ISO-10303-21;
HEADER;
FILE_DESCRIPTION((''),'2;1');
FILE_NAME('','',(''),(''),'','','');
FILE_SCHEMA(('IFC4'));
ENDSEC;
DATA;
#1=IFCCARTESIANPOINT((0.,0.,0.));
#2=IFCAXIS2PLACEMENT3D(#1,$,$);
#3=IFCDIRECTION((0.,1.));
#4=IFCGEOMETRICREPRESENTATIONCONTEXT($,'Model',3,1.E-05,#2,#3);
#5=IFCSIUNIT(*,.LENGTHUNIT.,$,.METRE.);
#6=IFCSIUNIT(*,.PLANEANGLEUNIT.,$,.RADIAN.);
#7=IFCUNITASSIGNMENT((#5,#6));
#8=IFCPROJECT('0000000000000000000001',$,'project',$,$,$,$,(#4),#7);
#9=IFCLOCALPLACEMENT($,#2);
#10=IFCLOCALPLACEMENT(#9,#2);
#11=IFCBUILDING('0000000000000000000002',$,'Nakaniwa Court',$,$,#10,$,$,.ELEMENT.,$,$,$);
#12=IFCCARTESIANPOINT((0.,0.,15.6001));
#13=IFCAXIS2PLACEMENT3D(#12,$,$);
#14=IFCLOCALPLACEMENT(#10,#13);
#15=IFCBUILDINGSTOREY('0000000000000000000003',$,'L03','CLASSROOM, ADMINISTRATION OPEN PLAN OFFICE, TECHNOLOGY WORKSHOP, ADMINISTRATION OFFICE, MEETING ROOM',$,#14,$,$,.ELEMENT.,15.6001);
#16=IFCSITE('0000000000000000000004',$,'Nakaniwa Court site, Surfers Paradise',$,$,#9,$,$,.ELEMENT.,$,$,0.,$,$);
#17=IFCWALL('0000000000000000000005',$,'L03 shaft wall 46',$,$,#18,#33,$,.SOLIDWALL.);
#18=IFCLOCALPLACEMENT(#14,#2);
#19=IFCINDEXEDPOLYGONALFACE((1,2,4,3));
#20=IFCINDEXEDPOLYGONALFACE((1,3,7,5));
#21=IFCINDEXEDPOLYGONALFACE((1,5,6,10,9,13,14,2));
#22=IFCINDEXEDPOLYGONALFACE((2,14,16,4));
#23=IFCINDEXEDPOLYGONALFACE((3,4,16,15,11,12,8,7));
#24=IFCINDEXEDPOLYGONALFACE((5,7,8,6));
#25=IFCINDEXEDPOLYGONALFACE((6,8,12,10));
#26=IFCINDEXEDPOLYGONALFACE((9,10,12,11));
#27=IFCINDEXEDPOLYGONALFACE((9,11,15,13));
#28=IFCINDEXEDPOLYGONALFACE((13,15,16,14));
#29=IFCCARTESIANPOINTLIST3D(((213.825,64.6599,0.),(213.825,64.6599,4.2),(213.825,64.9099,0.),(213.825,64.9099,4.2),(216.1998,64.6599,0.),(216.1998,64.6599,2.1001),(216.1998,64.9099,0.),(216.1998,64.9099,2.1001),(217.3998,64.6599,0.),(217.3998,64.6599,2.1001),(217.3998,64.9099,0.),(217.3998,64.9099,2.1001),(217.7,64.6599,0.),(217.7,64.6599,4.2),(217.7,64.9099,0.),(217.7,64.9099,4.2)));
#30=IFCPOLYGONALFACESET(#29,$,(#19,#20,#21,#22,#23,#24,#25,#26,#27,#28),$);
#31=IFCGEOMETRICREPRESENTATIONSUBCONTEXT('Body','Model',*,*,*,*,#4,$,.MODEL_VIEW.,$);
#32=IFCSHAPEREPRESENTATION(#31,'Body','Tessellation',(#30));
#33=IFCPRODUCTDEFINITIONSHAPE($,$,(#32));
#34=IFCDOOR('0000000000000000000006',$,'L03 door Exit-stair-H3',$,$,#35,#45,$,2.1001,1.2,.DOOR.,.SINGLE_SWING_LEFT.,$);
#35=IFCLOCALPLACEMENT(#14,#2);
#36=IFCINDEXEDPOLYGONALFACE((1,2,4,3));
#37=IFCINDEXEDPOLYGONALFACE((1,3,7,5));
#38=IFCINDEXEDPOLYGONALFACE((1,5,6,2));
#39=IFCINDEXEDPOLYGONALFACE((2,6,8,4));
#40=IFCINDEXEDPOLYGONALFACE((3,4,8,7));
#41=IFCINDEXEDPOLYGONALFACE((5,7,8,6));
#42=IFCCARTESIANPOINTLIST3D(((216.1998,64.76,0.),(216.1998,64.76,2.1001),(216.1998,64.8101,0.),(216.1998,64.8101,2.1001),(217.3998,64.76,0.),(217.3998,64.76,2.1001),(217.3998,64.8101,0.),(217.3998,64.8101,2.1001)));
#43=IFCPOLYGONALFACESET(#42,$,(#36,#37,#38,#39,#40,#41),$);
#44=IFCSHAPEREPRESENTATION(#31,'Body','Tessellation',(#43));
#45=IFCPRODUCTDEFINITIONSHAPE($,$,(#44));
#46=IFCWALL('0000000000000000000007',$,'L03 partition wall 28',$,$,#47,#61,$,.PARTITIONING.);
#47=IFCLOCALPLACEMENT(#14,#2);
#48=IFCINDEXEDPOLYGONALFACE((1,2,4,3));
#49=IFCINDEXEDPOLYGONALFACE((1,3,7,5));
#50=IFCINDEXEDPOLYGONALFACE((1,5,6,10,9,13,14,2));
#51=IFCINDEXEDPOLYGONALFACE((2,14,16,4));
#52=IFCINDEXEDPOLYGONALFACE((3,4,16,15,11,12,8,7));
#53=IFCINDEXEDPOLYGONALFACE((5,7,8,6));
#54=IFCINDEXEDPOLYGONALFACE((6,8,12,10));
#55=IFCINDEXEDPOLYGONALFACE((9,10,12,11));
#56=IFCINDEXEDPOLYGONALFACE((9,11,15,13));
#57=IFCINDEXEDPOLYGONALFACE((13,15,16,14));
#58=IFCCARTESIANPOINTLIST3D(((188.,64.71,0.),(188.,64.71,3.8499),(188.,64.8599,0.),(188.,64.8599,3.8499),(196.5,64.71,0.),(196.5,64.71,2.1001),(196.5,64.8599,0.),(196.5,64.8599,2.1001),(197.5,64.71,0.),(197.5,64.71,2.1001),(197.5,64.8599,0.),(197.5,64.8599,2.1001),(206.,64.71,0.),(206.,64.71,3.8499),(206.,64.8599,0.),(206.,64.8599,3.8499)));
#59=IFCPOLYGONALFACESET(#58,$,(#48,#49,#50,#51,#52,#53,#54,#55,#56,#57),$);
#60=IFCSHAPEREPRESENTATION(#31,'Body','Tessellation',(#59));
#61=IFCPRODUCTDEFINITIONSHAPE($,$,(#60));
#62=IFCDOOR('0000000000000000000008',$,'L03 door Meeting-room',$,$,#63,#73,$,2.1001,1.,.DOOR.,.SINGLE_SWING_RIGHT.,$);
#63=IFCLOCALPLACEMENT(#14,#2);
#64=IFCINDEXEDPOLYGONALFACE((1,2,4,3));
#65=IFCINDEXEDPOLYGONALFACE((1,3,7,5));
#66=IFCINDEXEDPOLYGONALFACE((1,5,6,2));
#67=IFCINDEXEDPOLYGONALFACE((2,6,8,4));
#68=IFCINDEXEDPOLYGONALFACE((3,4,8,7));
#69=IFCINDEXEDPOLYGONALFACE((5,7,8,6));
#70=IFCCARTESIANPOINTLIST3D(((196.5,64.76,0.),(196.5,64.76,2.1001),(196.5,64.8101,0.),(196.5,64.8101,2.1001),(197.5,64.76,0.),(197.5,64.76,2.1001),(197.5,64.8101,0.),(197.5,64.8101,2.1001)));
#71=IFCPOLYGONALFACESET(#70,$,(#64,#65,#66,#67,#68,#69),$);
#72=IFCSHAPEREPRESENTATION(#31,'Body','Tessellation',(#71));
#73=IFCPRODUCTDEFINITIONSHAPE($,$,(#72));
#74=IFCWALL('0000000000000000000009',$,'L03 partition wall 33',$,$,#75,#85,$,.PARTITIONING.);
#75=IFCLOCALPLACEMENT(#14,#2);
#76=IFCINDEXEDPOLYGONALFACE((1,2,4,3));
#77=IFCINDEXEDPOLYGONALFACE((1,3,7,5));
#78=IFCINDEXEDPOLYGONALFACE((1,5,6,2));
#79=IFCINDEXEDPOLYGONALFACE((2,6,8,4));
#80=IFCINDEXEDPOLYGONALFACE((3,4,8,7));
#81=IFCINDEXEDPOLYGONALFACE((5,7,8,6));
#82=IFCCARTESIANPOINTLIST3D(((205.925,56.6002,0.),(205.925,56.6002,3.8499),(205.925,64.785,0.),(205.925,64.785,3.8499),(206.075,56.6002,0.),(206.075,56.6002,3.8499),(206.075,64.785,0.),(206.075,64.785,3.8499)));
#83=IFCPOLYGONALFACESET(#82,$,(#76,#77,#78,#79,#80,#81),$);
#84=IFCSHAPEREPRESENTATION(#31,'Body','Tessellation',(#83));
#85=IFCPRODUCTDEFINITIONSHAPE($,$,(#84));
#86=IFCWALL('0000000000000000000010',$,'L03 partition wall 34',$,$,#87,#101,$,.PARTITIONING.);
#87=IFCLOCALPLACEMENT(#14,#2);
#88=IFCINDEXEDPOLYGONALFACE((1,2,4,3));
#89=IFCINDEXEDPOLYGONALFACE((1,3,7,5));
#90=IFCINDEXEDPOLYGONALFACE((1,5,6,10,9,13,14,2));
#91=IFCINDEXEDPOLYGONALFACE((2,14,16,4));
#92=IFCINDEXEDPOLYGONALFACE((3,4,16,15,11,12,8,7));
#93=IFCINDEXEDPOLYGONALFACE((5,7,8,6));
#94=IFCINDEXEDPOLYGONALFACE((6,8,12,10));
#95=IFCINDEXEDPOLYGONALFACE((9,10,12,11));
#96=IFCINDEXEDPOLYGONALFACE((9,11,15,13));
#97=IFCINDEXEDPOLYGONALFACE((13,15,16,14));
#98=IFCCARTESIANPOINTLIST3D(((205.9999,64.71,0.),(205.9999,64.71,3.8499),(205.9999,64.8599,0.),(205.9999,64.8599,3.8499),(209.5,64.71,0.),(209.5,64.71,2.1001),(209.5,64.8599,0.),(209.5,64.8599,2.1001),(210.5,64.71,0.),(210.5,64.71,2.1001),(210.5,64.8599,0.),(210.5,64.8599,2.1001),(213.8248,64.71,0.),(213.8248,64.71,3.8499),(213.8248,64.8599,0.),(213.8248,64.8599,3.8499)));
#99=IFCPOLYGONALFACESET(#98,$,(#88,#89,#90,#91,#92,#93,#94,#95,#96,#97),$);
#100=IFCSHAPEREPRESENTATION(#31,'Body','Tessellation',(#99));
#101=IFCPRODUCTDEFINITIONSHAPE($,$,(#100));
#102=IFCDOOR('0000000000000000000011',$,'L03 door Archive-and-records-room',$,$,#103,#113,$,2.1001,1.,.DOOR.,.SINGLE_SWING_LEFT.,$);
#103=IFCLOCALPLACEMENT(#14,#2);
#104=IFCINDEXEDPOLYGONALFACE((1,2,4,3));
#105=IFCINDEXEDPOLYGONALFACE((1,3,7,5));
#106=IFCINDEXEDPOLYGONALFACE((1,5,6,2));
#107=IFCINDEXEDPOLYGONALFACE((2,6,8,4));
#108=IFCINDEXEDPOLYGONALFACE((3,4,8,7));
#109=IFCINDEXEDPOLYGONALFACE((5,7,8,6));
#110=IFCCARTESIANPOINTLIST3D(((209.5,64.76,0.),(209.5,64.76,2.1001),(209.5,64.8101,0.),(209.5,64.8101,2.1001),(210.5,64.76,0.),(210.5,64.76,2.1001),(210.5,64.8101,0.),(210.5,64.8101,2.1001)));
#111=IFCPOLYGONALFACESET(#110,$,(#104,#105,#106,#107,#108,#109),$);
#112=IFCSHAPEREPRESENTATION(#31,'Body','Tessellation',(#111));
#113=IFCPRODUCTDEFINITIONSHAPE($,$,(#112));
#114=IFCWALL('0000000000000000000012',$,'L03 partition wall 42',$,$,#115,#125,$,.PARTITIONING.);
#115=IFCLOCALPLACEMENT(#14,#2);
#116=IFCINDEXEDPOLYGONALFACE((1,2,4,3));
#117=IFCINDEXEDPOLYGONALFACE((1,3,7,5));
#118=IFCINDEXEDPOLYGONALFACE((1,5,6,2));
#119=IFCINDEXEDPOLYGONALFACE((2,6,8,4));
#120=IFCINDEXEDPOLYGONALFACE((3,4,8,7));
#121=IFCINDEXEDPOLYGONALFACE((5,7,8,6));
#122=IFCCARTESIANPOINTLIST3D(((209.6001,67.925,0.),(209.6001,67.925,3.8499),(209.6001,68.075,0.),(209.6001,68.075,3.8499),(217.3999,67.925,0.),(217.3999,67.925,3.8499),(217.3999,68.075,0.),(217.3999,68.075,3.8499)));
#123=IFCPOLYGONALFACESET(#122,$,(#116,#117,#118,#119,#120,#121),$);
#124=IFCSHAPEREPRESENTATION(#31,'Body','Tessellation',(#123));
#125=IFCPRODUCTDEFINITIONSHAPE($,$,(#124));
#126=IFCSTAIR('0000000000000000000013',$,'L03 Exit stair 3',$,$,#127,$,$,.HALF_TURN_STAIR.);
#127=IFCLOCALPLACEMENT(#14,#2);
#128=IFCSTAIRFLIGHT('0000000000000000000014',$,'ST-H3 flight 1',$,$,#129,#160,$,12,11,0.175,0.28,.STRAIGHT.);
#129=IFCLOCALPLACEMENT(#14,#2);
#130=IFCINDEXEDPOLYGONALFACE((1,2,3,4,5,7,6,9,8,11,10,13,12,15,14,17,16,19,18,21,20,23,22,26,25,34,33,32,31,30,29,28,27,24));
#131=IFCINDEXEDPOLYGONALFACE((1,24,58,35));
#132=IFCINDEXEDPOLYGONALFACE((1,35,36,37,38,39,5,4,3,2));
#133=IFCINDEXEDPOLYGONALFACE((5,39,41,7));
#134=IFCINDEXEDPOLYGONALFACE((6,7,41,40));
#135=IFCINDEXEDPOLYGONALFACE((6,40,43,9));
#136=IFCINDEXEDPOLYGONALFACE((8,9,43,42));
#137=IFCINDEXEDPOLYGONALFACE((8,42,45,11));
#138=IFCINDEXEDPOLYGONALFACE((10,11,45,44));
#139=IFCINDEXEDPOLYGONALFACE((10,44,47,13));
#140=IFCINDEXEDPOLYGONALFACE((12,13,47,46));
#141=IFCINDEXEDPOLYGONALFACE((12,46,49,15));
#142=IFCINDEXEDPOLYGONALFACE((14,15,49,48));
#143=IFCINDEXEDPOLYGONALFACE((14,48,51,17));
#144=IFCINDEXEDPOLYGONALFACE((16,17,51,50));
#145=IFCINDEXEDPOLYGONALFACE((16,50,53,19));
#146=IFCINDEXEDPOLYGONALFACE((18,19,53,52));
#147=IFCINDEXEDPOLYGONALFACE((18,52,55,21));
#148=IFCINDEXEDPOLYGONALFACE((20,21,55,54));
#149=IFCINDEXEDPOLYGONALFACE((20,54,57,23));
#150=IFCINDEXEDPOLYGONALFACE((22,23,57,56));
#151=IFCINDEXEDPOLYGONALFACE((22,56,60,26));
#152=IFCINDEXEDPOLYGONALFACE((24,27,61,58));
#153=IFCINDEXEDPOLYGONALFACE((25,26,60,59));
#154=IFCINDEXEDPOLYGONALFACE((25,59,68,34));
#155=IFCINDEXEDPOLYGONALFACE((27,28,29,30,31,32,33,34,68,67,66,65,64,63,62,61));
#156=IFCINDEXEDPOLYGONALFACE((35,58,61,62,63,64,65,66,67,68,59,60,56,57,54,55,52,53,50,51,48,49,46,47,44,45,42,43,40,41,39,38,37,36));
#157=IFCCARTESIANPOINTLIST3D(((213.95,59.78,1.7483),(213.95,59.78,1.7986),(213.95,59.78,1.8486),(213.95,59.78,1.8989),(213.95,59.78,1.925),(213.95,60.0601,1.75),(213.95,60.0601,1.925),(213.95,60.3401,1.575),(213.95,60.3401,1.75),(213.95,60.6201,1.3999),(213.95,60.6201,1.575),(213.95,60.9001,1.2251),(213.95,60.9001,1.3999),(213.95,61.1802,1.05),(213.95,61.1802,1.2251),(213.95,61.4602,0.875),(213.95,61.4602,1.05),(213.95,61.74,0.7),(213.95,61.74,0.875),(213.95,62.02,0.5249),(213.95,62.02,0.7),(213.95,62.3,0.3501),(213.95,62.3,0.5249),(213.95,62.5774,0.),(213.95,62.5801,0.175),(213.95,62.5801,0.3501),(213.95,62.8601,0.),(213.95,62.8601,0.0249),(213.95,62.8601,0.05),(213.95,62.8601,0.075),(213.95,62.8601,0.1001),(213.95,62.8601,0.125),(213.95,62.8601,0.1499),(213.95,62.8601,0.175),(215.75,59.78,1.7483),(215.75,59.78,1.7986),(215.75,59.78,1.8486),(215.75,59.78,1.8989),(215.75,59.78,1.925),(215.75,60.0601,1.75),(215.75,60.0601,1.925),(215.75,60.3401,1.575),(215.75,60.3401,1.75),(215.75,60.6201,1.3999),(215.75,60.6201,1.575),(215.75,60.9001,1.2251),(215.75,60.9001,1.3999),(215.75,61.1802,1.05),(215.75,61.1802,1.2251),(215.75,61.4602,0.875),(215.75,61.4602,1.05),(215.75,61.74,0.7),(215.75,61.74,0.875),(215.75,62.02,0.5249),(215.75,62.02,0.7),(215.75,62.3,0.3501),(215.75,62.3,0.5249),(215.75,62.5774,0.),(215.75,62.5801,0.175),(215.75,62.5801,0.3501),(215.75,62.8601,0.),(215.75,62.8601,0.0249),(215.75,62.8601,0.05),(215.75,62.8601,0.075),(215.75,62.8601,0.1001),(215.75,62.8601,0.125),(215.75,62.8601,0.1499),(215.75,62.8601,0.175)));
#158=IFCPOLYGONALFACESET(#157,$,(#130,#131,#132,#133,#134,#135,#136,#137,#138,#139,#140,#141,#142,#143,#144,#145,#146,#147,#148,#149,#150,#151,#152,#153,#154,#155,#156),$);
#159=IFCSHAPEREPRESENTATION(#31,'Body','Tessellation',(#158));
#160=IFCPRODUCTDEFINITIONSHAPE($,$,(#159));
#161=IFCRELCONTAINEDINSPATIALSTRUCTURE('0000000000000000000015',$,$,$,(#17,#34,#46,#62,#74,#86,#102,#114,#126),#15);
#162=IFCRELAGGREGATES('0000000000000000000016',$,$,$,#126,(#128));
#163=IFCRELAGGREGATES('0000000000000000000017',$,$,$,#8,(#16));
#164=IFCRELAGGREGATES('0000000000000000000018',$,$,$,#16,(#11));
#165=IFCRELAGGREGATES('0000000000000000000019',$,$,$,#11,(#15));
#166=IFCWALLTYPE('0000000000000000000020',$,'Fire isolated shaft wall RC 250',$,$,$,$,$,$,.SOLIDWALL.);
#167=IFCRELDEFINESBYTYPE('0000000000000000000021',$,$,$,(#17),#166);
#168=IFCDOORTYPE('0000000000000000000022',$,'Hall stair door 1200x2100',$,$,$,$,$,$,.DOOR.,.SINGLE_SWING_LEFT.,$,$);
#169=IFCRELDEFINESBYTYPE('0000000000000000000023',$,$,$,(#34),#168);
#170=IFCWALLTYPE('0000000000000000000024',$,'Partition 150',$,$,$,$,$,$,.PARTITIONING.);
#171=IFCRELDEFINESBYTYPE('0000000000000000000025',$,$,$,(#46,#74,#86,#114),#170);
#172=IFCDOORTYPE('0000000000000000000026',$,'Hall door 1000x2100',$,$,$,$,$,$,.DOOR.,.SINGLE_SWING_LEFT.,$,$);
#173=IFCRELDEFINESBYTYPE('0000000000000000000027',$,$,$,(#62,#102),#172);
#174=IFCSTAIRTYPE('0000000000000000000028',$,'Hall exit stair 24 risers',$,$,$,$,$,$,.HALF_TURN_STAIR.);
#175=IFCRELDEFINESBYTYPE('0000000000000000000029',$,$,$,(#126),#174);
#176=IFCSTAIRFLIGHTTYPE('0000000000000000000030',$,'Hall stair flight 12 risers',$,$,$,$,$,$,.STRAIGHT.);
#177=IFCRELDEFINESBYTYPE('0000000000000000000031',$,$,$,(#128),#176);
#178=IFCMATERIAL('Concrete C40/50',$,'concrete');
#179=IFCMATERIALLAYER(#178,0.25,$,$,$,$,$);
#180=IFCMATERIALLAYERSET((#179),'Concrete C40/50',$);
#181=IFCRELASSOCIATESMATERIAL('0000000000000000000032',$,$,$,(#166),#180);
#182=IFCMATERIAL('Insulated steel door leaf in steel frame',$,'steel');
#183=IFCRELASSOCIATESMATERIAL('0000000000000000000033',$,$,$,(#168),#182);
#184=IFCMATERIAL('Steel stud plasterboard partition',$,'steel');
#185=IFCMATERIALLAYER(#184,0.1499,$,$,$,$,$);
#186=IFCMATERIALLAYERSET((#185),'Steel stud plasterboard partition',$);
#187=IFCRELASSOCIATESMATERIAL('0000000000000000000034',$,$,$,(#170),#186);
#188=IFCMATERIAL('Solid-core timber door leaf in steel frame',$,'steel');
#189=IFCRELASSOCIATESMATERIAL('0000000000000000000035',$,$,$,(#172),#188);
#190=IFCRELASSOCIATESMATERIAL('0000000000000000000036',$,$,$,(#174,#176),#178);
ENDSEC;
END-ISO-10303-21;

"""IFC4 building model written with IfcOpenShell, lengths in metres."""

from ifc_helpers import new_model, si_unit, direction, frame, frame_2d, origin, place, context, subcontext, project, spatial, polyline, rectangle, outline, extrude, material, layer, layer_set, type_object, element, fill, aggregate, save


model = new_model("IFC4")

# Units and contexts
model_context = context("Model", 3, precision=1e-05, world=origin(), true_north=direction((0.0, 1.0)))
body_context = subcontext(model_context, "Body", "Model", "MODEL_VIEW")
ifc_project = project(units=[si_unit("LENGTHUNIT", "METRE"), si_unit("PLANEANGLEUNIT", "RADIAN")], contexts=[model_context])

# Site, building, storey
site_placement = place(None, origin())
site = spatial("IfcSite", under=ifc_project, at=site_placement, Name="Nakaniwa Court site, Surfers Paradise", CompositionType="ELEMENT", RefElevation=0.0)
building_placement = place(site_placement, origin())
building = spatial("IfcBuilding", under=site, at=building_placement, Name="Nakaniwa Court", CompositionType="ELEMENT")
storey_placement = place(building_placement, frame((0.0, 0.0, 15.6001)))
storey = spatial("IfcBuildingStorey", under=building, at=storey_placement, Name="L03", Description="CLASSROOM, ADMINISTRATION OPEN PLAN OFFICE, TECHNOLOGY WORKSHOP, ADMINISTRATION OFFICE, MEETING ROOM", CompositionType="ELEMENT", Elevation=15.6001)

# Shared definitions
ifc_material_1 = material(Name="Concrete C40/50", Category="concrete")
ifc_layer_1 = layer(ifc_material_1, 0.25)
ifc_layer_set_1 = layer_set([ifc_layer_1], Name="Concrete C40/50")
wall_type_1 = type_object("IfcWallType", Name="Fire isolated shaft wall RC 250", PredefinedType="SOLIDWALL", material=ifc_layer_set_1)

# Walls, openings, doors
wall_1_placement = place(storey_placement, frame((217.7, 64.7849, 0.0), z_axis=(0.0, 0.0, 1.0), x_axis=(-1.0, 0.0, 0.0)))
wall_1 = element("IfcWall", 1, at=wall_1_placement, inside=storey, type_object=wall_type_1, Name="L03 shaft wall 46", PredefinedType="SOLIDWALL", context=body_context, shape_type="SweptSolid", body=[
    extrude(rectangle(XDim=3.875, YDim=0.25, at=frame_2d((1.9375, 0.0))), origin(), (0.0, 0.0, 1.0), 4.2),
])
opening_1_placement = place(wall_1_placement, frame((0.3, 0.0, 0.0)))
opening_1 = element("IfcOpeningElement", 2, at=opening_1_placement, cuts=wall_1, PredefinedType="OPENING", context=body_context, shape_type="SweptSolid", body=[
    extrude(rectangle(XDim=1.2, YDim=2.1001, at=frame_2d((0.6001, 1.05))), frame((0.0, 0.135, 0.0), z_axis=(0.0, -1.0, 0.0), x_axis=(1.0, 0.0, 0.0)), (0.0, 0.0, 1.0), 0.27),
])
ifc_material_2 = material(Name="Insulated steel door leaf in steel frame", Category="steel")
door_type_1 = type_object("IfcDoorType", Name="Hall stair door 1200x2100", OperationType="SINGLE_SWING_LEFT", PredefinedType="DOOR", material=ifc_material_2)
door_1_placement = place(opening_1_placement, origin())
door_1 = element("IfcDoor", 3, at=door_1_placement, inside=storey, type_object=door_type_1, Name="L03 door Exit-stair-H3", OperationType="SINGLE_SWING_LEFT", OverallHeight=2.1001, OverallWidth=1.2, PredefinedType="DOOR", context=body_context, shape_type="SweptSolid", body=[
    extrude(rectangle(XDim=1.2, YDim=2.1001, at=frame_2d((0.6001, 1.05))), frame((0.0, 0.0249, 0.0), z_axis=(0.0, -1.0, 0.0), x_axis=(1.0, 0.0, 0.0)), (0.0, 0.0, 1.0), 0.05),
])
fill(opening_1, door_1)
ifc_material_3 = material(Name="Steel stud plasterboard partition", Category="steel")
ifc_layer_2 = layer(ifc_material_3, 0.1499)
ifc_layer_set_2 = layer_set([ifc_layer_2], Name="Steel stud plasterboard partition")
wall_type_2 = type_object("IfcWallType", Name="Partition 150", PredefinedType="PARTITIONING", material=ifc_layer_set_2)
wall_2_placement = place(storey_placement, frame((206.0, 64.7849, 0.0), z_axis=(0.0, 0.0, 1.0), x_axis=(-1.0, 0.0, 0.0)))
wall_2 = element("IfcWall", 4, at=wall_2_placement, inside=storey, type_object=wall_type_2, Name="L03 partition wall 28", PredefinedType="PARTITIONING", context=body_context, shape_type="SweptSolid", body=[
    extrude(rectangle(XDim=18.0, YDim=0.1499, at=frame_2d((9.0, 0.0))), origin(), (0.0, 0.0, 1.0), 3.8499),
])
opening_2_placement = place(wall_2_placement, frame((8.5, 0.0, 0.0)))
opening_2 = element("IfcOpeningElement", 5, at=opening_2_placement, cuts=wall_2, PredefinedType="OPENING", context=body_context, shape_type="SweptSolid", body=[
    extrude(rectangle(XDim=1.0, YDim=2.1001, at=frame_2d((0.5, 1.05))), frame((0.0, 0.085, 0.0), z_axis=(0.0, -1.0, 0.0), x_axis=(1.0, 0.0, 0.0)), (0.0, 0.0, 1.0), 0.1699),
])
ifc_material_4 = material(Name="Solid-core timber door leaf in steel frame", Category="steel")
door_type_2 = type_object("IfcDoorType", Name="Hall door 1000x2100", OperationType="SINGLE_SWING_LEFT", PredefinedType="DOOR", material=ifc_material_4)
door_2_placement = place(opening_2_placement, origin())
door_2 = element("IfcDoor", 6, at=door_2_placement, inside=storey, type_object=door_type_2, Name="L03 door Meeting-room", OperationType="SINGLE_SWING_RIGHT", OverallHeight=2.1001, OverallWidth=1.0, PredefinedType="DOOR", context=body_context, shape_type="SweptSolid", body=[
    extrude(rectangle(XDim=1.0, YDim=2.1001, at=frame_2d((0.5, 1.05))), frame((0.0, 0.0249, 0.0), z_axis=(0.0, -1.0, 0.0), x_axis=(1.0, 0.0, 0.0)), (0.0, 0.0, 1.0), 0.05),
])
fill(opening_2, door_2)

# Wall
wall_3_placement = place(storey_placement, frame((206.0, 64.7849, 0.0), z_axis=(0.0, 0.0, 1.0), x_axis=(0.0, -1.0, 0.0)))
element("IfcWall", 7, at=wall_3_placement, inside=storey, type_object=wall_type_2, Name="L03 partition wall 33", PredefinedType="PARTITIONING", context=body_context, shape_type="SweptSolid", body=[
    extrude(rectangle(XDim=8.1848, YDim=0.1499, at=frame_2d((4.0923, 0.0))), origin(), (0.0, 0.0, 1.0), 3.8499),
])

# Wall, opening, door
wall_4_placement = place(storey_placement, frame((213.825, 64.7849, 0.0), z_axis=(0.0, 0.0, 1.0), x_axis=(-1.0, 0.0, 0.0)))
wall_4 = element("IfcWall", 8, at=wall_4_placement, inside=storey, type_object=wall_type_2, Name="L03 partition wall 34", PredefinedType="PARTITIONING", context=body_context, shape_type="SweptSolid", body=[
    extrude(rectangle(XDim=7.825, YDim=0.1499, at=frame_2d((3.9126, 0.0))), origin(), (0.0, 0.0, 1.0), 3.8499),
])
opening_3_placement = place(wall_4_placement, frame((3.325, 0.0, 0.0)))
opening_3 = element("IfcOpeningElement", 9, at=opening_3_placement, cuts=wall_4, PredefinedType="OPENING", context=body_context, shape_type="SweptSolid", body=[
    extrude(rectangle(XDim=1.0, YDim=2.1001, at=frame_2d((0.5, 1.05))), frame((0.0, 0.085, 0.0), z_axis=(0.0, -1.0, 0.0), x_axis=(1.0, 0.0, 0.0)), (0.0, 0.0, 1.0), 0.1699),
])
door_3_placement = place(opening_3_placement, origin())
door_3 = element("IfcDoor", 10, at=door_3_placement, inside=storey, type_object=door_type_2, Name="L03 door Archive-and-records-room", OperationType="SINGLE_SWING_LEFT", OverallHeight=2.1001, OverallWidth=1.0, PredefinedType="DOOR", context=body_context, shape_type="SweptSolid", body=[
    extrude(rectangle(XDim=1.0, YDim=2.1001, at=frame_2d((0.5, 1.05))), frame((0.0, 0.0249, 0.0), z_axis=(0.0, -1.0, 0.0), x_axis=(1.0, 0.0, 0.0)), (0.0, 0.0, 1.0), 0.05),
])
fill(opening_3, door_3)

# Wall
wall_5_placement = place(storey_placement, frame((209.6001, 68.0, 0.0), z_axis=(0.0, 0.0, 1.0), x_axis=(1.0, 0.0, 0.0)))
element("IfcWall", 11, at=wall_5_placement, inside=storey, type_object=wall_type_2, Name="L03 partition wall 42", PredefinedType="PARTITIONING", context=body_context, shape_type="SweptSolid", body=[
    extrude(rectangle(XDim=7.7998, YDim=0.1499, at=frame_2d((3.8999, 0.0))), origin(), (0.0, 0.0, 1.0), 3.8499),
])

# Stair, stair flight
stair_type = type_object("IfcStairType", Name="Hall exit stair 24 risers", PredefinedType="HALF_TURN_STAIR", material=ifc_material_1)
stair_placement = place(storey_placement, origin())
stair = element("IfcStair", 12, at=stair_placement, inside=storey, type_object=stair_type, Name="L03 Exit stair 3", PredefinedType="HALF_TURN_STAIR")
stair_flight_type = type_object("IfcStairFlightType", Name="Hall stair flight 12 risers", PredefinedType="STRAIGHT", material=ifc_material_1)
stair_flight_1_placement = place(storey_placement, frame((214.8501, 62.8601, 0.0), z_axis=(0.0, 0.0, 1.0), x_axis=(0.0, -1.0, 0.0)))
stair_flight_1 = element("IfcStairFlight", 13, at=stair_flight_1_placement, type_object=stair_flight_type, Name="ST-H3 flight 1", NumberOfRisers=12, NumberOfTreads=11, PredefinedType="STRAIGHT", RiserHeight=0.175, TreadLength=0.28, context=body_context, shape_type="SweptSolid", body=[
    extrude(outline(polyline([(0.0, 0.0), (0.0, 0.0249), (0.0, 0.05), (0.0, 0.075), (0.0, 0.1001), (0.0, 0.125), (0.0, 0.1499), (0.0, 0.175), (0.28, 0.175), (0.28, 0.3501), (0.5601, 0.3501), (0.5601, 0.5249), (0.8401, 0.5249), (0.8401, 0.7), (1.1201, 0.7), (1.1201, 0.875), (1.3999, 0.875), (1.3999, 1.05), (1.6799, 1.05), (1.6799, 1.2251), (1.96, 1.2251), (1.96, 1.3999), (2.24, 1.3999), (2.24, 1.575), (2.52, 1.575), (2.52, 1.75), (2.8, 1.75), (2.8, 1.925), (3.0801, 1.925), (3.0801, 2.1001), (3.0801, 2.0498), (3.0801, 1.9995), (3.0801, 1.9492), (3.0801, 1.8989), (3.0801, 1.8486), (3.0801, 1.7986), (3.0801, 1.7483), (0.2827, 0.0), (0.0, 0.0)])), frame((0.0, 0.8999, 0.0), z_axis=(0.0, -1.0, 0.0), x_axis=(1.0, 0.0, 0.0)), (0.0, 0.0, 1.0), 1.8),
])
aggregate(stair, [stair_flight_1])

save(model, "model.ifc")
